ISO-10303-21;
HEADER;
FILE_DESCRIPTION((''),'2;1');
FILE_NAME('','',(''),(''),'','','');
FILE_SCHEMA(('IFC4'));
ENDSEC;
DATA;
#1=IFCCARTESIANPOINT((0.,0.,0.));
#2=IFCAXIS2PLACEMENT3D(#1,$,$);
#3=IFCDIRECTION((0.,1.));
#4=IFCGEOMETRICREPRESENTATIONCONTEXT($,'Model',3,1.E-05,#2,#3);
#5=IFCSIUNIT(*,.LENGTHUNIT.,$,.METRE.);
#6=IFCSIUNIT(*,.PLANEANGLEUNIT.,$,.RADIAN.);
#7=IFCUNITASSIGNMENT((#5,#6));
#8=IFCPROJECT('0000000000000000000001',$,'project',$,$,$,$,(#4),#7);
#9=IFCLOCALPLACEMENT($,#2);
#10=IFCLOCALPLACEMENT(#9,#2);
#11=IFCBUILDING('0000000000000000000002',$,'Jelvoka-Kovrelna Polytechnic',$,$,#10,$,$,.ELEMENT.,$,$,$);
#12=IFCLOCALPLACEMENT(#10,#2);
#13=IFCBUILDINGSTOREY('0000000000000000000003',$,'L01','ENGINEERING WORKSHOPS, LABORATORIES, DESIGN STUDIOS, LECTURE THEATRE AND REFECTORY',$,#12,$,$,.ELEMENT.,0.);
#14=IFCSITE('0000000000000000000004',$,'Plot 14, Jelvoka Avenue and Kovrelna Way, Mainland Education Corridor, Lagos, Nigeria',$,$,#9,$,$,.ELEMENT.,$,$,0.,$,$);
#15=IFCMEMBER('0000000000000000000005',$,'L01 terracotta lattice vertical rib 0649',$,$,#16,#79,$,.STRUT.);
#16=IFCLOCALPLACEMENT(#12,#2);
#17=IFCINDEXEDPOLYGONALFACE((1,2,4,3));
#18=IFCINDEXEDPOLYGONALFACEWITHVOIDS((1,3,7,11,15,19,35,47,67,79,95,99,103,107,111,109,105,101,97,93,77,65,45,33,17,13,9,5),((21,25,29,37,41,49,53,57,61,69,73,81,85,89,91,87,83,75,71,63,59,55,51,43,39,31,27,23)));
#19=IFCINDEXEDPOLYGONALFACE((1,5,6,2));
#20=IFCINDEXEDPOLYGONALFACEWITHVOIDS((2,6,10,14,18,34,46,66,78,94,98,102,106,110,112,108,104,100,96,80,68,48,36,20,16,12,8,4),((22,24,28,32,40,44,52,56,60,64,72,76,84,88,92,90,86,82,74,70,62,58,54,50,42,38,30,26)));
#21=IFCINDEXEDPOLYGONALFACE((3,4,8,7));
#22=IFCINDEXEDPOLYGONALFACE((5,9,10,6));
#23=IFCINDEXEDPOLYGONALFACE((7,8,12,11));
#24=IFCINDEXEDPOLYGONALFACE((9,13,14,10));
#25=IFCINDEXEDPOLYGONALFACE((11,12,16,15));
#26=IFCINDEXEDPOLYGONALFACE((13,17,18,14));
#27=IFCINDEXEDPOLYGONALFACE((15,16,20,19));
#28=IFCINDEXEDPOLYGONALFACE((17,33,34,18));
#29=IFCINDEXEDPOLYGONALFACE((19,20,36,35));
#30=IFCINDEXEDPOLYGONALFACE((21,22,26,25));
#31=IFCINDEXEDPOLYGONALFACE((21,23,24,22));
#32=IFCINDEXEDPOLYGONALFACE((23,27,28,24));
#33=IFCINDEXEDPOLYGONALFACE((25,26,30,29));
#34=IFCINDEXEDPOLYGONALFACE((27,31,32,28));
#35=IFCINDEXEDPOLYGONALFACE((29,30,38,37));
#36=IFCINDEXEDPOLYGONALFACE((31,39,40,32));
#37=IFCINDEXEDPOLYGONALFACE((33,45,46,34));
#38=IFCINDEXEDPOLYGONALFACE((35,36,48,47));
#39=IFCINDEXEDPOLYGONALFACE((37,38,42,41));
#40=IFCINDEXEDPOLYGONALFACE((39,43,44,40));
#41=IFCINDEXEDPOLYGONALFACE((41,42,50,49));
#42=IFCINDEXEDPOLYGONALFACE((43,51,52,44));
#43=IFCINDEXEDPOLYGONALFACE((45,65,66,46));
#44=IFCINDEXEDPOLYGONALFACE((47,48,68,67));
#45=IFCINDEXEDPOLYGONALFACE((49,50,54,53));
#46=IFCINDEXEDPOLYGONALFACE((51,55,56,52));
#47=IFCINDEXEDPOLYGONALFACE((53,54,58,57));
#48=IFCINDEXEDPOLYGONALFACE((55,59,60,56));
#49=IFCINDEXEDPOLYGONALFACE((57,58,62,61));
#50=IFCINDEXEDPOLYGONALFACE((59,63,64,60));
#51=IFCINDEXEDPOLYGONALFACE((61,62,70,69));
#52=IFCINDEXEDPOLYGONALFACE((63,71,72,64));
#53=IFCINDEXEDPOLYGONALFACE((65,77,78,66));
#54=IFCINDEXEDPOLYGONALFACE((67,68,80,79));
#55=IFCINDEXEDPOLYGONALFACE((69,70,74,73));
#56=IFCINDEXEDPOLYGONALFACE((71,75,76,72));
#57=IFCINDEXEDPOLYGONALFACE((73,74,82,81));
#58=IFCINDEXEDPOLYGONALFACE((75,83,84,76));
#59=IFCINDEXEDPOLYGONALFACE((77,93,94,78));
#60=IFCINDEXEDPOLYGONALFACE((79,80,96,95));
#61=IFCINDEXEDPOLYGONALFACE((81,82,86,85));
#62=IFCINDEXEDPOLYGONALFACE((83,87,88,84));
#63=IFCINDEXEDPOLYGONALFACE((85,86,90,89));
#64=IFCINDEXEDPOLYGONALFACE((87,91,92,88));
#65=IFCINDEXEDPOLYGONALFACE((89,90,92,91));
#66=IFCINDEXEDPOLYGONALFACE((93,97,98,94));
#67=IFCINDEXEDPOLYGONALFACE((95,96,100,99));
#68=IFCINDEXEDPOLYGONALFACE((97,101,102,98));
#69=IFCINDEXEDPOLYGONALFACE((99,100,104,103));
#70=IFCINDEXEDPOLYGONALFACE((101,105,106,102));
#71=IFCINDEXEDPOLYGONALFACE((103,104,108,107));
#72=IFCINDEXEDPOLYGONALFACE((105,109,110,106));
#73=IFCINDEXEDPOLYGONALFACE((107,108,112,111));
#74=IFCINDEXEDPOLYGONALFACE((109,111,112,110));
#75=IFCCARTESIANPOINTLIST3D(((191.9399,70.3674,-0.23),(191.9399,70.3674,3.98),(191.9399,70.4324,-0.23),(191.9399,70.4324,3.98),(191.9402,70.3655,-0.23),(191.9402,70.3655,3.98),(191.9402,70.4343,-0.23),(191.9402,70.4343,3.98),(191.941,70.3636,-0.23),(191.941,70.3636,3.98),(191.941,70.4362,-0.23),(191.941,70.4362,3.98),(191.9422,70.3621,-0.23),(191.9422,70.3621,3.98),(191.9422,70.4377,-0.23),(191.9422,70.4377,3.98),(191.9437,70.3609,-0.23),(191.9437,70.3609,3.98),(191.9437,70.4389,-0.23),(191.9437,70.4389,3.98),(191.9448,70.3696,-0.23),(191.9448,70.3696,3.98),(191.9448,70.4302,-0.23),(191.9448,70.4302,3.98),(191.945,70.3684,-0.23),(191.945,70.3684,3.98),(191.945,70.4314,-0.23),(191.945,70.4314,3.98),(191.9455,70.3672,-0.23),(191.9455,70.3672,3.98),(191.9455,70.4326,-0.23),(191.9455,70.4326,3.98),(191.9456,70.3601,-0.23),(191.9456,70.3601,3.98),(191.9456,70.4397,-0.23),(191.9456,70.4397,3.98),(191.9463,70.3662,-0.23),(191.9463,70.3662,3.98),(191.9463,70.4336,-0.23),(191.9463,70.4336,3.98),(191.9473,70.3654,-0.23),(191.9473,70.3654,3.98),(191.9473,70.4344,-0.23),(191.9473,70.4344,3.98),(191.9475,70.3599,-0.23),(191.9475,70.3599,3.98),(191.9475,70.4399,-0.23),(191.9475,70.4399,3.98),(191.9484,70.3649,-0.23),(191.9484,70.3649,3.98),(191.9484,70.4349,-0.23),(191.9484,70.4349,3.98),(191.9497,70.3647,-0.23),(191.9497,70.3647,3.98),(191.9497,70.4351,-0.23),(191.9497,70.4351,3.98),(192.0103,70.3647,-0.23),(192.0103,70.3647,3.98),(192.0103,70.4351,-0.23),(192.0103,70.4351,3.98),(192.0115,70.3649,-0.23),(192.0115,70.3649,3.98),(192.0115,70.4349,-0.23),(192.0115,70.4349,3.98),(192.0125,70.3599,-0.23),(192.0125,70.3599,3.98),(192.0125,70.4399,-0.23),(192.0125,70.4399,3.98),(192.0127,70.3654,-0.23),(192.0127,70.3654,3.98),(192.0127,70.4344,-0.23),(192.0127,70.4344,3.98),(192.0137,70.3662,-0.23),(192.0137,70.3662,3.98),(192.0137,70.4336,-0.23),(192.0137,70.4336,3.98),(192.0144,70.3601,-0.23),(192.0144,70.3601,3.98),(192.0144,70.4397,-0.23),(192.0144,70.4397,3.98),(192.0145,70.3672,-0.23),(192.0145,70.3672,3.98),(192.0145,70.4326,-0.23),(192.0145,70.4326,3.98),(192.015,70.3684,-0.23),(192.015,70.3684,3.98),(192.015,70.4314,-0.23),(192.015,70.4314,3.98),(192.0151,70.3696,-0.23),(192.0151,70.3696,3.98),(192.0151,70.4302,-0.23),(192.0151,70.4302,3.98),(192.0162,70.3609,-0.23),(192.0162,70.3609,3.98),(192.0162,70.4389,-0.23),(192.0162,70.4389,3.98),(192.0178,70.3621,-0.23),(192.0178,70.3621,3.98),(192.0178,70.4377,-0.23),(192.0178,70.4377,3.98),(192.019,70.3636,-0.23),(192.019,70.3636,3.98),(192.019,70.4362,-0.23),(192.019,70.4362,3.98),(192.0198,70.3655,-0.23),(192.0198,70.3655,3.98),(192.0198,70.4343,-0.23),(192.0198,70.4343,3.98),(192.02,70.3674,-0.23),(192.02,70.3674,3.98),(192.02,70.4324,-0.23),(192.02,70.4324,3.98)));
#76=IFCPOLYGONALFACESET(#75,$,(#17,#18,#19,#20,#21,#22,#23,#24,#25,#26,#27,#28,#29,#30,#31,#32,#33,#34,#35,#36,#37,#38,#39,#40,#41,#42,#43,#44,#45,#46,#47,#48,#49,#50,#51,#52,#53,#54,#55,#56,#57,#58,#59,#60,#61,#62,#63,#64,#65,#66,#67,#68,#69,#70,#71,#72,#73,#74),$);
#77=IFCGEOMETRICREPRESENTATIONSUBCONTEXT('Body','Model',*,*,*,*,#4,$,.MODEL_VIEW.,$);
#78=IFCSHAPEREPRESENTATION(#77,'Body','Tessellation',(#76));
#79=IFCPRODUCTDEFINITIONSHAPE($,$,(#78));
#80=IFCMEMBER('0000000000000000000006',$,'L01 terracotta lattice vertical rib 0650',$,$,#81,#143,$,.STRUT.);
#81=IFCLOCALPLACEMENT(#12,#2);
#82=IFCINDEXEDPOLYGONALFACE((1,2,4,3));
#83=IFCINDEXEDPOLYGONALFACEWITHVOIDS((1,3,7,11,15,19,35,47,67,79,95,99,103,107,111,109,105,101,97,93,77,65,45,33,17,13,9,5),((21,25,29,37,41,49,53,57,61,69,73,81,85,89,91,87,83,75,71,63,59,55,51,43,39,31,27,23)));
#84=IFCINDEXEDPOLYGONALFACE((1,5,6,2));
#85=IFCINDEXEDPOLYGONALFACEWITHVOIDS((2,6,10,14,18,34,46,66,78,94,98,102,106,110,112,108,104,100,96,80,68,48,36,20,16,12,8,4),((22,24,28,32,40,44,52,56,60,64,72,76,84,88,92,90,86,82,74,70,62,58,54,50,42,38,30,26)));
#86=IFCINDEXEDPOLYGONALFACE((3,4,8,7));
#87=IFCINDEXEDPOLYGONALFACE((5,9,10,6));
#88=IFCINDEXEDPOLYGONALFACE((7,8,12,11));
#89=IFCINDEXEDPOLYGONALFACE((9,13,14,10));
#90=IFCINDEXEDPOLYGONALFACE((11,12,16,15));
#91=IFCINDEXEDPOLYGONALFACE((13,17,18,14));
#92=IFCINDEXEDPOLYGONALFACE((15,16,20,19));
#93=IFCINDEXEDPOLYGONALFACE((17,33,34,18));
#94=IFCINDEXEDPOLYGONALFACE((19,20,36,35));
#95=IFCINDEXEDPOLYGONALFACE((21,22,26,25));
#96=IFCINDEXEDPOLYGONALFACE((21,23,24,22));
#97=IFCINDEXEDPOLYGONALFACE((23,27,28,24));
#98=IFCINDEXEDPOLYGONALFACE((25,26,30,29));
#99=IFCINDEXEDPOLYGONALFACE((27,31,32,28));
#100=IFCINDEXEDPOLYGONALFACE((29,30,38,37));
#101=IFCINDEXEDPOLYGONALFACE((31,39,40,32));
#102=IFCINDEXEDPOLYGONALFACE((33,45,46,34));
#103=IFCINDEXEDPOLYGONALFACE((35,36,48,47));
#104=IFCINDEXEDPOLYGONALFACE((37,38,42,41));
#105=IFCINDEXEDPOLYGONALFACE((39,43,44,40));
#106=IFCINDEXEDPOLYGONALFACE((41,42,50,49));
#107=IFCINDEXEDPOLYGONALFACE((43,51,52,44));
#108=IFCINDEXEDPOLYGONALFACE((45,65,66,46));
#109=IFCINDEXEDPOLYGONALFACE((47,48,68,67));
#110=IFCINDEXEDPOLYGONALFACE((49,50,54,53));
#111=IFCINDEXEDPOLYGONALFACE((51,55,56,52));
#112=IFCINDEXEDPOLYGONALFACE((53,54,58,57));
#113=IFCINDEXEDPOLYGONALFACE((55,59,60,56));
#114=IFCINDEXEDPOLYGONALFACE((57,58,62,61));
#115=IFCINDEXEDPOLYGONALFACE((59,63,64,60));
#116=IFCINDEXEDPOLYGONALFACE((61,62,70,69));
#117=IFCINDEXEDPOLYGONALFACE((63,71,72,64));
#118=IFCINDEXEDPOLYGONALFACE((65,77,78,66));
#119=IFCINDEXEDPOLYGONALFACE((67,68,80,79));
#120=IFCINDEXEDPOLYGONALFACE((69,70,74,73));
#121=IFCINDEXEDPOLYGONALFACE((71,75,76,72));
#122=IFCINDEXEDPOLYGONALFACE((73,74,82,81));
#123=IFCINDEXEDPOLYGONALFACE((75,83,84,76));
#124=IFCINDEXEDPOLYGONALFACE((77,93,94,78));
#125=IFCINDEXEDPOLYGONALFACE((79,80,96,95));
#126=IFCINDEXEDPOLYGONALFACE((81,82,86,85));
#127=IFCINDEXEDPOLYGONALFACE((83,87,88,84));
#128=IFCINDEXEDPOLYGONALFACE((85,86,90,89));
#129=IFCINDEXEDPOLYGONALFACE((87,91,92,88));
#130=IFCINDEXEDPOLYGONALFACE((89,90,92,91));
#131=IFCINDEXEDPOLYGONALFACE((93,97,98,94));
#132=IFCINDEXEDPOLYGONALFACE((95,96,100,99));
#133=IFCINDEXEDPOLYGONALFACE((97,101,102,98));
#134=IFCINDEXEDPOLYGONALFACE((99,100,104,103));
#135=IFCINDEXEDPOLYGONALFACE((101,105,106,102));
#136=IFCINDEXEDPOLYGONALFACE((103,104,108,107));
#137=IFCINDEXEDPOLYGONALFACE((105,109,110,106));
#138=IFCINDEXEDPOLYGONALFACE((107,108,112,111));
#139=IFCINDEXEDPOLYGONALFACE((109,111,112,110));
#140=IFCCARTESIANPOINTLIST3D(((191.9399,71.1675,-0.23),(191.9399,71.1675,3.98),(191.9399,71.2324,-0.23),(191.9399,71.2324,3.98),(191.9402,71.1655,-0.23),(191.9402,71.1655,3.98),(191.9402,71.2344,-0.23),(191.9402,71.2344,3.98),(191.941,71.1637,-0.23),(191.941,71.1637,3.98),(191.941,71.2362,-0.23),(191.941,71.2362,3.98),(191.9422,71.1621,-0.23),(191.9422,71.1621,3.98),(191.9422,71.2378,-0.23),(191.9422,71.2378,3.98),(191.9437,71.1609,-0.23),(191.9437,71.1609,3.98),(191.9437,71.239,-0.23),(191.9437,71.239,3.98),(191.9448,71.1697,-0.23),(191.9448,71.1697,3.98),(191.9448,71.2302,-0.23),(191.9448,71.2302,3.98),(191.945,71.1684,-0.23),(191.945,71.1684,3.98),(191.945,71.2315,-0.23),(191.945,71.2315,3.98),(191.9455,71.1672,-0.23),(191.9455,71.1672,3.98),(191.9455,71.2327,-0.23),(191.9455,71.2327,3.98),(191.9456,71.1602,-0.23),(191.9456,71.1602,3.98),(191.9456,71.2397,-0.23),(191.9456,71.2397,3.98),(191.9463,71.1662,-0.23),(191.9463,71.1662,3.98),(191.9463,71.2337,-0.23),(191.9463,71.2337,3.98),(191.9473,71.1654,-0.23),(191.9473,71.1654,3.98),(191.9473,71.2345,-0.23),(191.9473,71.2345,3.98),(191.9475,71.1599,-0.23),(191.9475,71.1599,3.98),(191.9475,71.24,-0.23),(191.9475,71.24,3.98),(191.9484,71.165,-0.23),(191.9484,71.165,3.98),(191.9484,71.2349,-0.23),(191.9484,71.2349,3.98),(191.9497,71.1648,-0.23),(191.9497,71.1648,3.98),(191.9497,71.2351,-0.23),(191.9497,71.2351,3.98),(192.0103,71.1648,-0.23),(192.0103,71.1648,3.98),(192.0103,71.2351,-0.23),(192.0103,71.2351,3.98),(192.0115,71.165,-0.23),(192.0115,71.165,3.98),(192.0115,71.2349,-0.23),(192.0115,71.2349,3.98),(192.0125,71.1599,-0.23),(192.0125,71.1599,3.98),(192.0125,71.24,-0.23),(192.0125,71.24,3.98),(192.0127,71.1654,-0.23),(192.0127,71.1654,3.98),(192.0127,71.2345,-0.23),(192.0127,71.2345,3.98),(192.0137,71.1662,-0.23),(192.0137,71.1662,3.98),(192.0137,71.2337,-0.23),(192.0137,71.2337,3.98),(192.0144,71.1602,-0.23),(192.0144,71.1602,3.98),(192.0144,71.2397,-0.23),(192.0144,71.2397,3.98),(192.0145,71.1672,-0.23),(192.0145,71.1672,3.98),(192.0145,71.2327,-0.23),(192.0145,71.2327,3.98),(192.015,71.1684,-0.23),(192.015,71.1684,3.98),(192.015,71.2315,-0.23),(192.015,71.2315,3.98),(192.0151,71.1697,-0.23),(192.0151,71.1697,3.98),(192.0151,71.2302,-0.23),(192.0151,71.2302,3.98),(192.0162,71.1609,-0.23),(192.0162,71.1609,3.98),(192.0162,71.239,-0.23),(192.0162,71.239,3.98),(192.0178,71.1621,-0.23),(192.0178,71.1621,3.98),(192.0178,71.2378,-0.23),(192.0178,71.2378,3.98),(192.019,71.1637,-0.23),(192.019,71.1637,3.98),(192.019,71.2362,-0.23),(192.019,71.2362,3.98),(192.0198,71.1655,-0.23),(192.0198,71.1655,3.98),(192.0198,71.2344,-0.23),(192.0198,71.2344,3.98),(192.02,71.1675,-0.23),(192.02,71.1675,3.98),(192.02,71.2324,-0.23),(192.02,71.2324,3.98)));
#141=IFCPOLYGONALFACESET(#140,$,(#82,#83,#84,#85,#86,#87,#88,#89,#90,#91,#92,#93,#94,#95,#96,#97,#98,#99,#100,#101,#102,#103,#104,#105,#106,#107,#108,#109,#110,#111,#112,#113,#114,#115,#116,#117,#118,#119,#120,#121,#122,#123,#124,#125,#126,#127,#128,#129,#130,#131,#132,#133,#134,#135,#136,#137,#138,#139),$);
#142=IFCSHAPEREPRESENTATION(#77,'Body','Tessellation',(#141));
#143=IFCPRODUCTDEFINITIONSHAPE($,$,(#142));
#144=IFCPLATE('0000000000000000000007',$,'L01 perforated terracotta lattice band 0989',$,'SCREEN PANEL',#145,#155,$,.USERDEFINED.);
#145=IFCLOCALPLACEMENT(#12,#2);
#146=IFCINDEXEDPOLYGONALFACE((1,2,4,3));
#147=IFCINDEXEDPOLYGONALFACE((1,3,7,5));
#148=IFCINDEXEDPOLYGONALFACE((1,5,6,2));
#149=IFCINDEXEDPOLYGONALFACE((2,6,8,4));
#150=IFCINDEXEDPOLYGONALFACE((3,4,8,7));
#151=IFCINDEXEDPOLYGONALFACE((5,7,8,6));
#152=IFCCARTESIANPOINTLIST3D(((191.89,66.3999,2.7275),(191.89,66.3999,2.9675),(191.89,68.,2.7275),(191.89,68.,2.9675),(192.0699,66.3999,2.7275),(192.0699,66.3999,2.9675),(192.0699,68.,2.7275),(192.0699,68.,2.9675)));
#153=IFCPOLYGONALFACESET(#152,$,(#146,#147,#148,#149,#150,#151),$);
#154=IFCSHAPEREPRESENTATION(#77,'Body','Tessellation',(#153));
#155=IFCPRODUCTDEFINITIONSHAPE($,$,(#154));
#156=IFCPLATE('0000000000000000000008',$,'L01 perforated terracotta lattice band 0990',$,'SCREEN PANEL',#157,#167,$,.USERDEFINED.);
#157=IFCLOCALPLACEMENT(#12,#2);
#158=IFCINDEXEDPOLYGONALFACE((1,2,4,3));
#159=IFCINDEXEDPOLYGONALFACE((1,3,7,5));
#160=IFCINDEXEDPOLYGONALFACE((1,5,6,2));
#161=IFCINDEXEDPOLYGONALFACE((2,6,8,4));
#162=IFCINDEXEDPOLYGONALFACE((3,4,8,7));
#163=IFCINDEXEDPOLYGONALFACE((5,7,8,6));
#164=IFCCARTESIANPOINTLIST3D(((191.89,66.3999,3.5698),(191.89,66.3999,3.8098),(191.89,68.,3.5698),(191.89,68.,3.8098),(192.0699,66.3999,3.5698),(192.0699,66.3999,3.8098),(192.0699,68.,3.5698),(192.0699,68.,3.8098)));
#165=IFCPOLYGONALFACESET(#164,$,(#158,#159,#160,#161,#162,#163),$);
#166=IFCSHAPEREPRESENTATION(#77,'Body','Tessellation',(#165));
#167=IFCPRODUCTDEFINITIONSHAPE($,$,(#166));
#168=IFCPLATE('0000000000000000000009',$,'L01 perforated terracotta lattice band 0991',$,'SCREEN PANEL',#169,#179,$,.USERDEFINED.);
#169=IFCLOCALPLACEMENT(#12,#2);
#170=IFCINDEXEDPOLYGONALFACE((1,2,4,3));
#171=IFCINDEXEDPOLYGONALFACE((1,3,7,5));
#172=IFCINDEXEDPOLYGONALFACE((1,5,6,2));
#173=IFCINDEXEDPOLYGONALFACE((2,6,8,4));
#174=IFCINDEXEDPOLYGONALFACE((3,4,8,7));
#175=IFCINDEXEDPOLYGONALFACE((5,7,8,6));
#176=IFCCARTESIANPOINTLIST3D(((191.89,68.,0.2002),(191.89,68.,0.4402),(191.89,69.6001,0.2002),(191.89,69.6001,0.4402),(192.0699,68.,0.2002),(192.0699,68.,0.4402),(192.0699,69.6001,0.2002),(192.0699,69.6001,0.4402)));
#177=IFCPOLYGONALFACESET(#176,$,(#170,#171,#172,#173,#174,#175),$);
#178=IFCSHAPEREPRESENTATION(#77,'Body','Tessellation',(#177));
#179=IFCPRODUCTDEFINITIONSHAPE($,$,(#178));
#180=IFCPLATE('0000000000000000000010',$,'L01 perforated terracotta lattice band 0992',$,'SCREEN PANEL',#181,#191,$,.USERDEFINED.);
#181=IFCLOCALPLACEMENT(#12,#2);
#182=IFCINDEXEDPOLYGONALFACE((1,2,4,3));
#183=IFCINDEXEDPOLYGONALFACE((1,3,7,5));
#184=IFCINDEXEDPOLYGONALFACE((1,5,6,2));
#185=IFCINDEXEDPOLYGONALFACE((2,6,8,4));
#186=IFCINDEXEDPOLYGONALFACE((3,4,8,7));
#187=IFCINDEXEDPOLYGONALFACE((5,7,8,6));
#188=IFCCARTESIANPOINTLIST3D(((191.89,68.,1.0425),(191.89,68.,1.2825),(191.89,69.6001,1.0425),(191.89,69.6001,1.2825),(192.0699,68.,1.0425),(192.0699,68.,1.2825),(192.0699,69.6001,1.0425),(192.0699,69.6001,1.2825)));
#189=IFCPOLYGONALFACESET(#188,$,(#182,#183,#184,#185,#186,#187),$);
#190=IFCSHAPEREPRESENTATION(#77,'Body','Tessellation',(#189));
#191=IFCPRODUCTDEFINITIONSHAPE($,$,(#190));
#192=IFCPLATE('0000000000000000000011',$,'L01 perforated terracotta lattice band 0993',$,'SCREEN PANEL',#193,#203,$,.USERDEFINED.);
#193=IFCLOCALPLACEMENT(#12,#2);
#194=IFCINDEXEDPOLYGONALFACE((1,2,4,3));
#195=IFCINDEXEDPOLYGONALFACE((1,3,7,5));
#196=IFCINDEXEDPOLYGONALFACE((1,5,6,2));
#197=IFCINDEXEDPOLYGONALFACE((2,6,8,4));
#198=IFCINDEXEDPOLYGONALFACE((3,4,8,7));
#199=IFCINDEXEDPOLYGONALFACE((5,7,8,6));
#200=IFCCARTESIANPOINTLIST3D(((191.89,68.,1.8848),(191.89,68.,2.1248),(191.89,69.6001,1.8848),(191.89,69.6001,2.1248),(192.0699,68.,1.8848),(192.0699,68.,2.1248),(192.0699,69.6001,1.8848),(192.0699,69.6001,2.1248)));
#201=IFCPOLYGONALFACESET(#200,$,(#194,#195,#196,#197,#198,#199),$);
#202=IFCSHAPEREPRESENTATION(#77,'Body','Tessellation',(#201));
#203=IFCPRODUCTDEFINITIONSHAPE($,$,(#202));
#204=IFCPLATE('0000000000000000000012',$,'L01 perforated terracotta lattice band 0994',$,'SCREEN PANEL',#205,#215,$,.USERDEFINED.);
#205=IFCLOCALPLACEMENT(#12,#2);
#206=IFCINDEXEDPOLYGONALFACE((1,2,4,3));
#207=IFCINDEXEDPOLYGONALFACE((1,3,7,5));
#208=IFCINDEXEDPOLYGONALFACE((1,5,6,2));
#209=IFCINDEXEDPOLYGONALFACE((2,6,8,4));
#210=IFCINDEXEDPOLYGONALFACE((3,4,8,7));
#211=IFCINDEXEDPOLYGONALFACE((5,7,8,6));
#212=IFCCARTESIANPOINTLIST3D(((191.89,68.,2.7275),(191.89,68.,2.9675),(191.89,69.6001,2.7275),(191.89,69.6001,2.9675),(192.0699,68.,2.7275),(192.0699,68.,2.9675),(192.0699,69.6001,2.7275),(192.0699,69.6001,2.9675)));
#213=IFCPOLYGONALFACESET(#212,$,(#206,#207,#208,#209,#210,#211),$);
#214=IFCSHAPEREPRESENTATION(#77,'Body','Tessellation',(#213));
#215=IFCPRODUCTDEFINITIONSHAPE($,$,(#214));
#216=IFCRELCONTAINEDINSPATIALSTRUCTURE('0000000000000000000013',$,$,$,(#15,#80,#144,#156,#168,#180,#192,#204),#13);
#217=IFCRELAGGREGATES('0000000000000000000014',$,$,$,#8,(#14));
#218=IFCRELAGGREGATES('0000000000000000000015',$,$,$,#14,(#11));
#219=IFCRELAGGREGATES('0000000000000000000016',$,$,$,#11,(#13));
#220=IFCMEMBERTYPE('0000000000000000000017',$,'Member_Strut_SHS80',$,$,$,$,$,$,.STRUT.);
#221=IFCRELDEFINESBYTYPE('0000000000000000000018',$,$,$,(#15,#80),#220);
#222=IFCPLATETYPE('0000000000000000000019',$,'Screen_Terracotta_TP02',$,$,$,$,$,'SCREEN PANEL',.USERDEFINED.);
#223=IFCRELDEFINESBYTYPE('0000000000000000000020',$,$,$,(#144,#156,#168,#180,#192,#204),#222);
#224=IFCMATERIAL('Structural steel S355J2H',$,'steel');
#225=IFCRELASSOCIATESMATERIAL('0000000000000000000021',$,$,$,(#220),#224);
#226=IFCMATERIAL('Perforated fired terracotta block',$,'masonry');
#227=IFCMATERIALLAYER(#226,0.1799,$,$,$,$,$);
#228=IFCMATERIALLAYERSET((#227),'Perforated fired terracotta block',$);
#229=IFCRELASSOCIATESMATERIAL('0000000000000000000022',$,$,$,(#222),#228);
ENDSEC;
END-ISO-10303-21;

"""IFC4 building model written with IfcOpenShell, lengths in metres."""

from ifc_helpers import new_model, si_unit, direction, frame, origin, origin_2d, place, context, subcontext, project, spatial, rectangle, hollow_rectangle, extrude, material, layer, layer_set, material_profile, profile_set, type_object, element, save


model = new_model("IFC4")

# Units and contexts
model_context = context("Model", 3, precision=1e-05, world=origin(), true_north=direction((0.0, 1.0)))
body_context = subcontext(model_context, "Body", "Model", "MODEL_VIEW")
ifc_project = project(units=[si_unit("LENGTHUNIT", "METRE"), si_unit("PLANEANGLEUNIT", "RADIAN")], contexts=[model_context])

# Site, building, storey
site_placement = place(None, origin())
site = spatial("IfcSite", under=ifc_project, at=site_placement, Name="Plot 14, Jelvoka Avenue and Kovrelna Way, Mainland Education Corridor, Lagos, Nigeria", CompositionType="ELEMENT", RefElevation=0.0)
building_placement = place(site_placement, origin())
building = spatial("IfcBuilding", under=site, at=building_placement, Name="Jelvoka-Kovrelna Polytechnic", CompositionType="ELEMENT")
storey_placement = place(building_placement, origin())
storey = spatial("IfcBuildingStorey", under=building, at=storey_placement, Name="L01", Description="ENGINEERING WORKSHOPS, LABORATORIES, DESIGN STUDIOS, LECTURE THEATRE AND REFECTORY", CompositionType="ELEMENT", Elevation=0.0)

# Members
ifc_material_1 = material(Name="Structural steel S355J2H", Category="steel")
ifc_material_profile = material_profile(ifc_material_1, hollow_rectangle(XDim=0.0801, YDim=0.0801, WallThickness=0.0049, InnerFilletRadius=0.0049, OuterFilletRadius=0.0076, at=origin_2d()), Name="80x80x5.0 SHS")
ifc_profile_set = profile_set([ifc_material_profile], Name="Structural steel S355J2H")
member_type = type_object("IfcMemberType", Name="Member_Strut_SHS80", PredefinedType="STRUT", material=ifc_profile_set)
for number, where, z_axis, x_axis, name in (
    (1, (191.98, 70.3999, -0.23), (0.0, 0.0, 1.0), (1.0, 0.0, 0.0), "L01 terracotta lattice vertical rib 0649"),
    (2, (191.98, 71.2, -0.23), (0.0, 0.0, 1.0), (1.0, 0.0, 0.0), "L01 terracotta lattice vertical rib 0650"),
):
    element("IfcMember", number, at=place(storey_placement, frame(where, z_axis=z_axis, x_axis=x_axis)), inside=storey, type_object=member_type, Name=name, PredefinedType="STRUT", context=body_context, shape_type="SweptSolid", body=[
        extrude(hollow_rectangle(XDim=0.0801, YDim=0.0801, WallThickness=0.0049, InnerFilletRadius=0.0049, OuterFilletRadius=0.0076, at=origin_2d()), origin(), (0.0, 0.0, 1.0), 4.21),
    ])

# Plates
ifc_material_2 = material(Name="Perforated fired terracotta block", Category="masonry")
ifc_layer = layer(ifc_material_2, 0.1799)
ifc_layer_set = layer_set([ifc_layer], Name="Perforated fired terracotta block")
plate_type = type_object("IfcPlateType", Name="Screen_Terracotta_TP02", ElementType="SCREEN PANEL", PredefinedType="USERDEFINED", material=ifc_layer_set)
for number, where, z_axis, x_axis, name in (
    (3, (191.98, 67.2, 2.7275), (0.0, 0.0, 1.0), (0.0, 1.0, 0.0), "L01 perforated terracotta lattice band 0989"),
    (4, (191.98, 67.2, 3.5698), (0.0, 0.0, 1.0), (0.0, 1.0, 0.0), "L01 perforated terracotta lattice band 0990"),
    (5, (191.98, 68.8, 0.2002), (0.0, 0.0, 1.0), (0.0, 1.0, 0.0), "L01 perforated terracotta lattice band 0991"),
    (6, (191.98, 68.8, 1.0425), (0.0, 0.0, 1.0), (0.0, 1.0, 0.0), "L01 perforated terracotta lattice band 0992"),
    (7, (191.98, 68.8, 1.8848), (0.0, 0.0, 1.0), (0.0, 1.0, 0.0), "L01 perforated terracotta lattice band 0993"),
    (8, (191.98, 68.8, 2.7275), (0.0, 0.0, 1.0), (0.0, 1.0, 0.0), "L01 perforated terracotta lattice band 0994"),
):
    element("IfcPlate", number, at=place(storey_placement, frame(where, z_axis=z_axis, x_axis=x_axis)), inside=storey, type_object=plate_type, Name=name, ObjectType="SCREEN PANEL", PredefinedType="USERDEFINED", context=body_context, shape_type="SweptSolid", body=[
        extrude(rectangle(XDim=1.6001, YDim=0.1799, at=origin_2d()), origin(), (0.0, 0.0, 1.0), 0.24),
    ])

save(model, "model.ifc")
